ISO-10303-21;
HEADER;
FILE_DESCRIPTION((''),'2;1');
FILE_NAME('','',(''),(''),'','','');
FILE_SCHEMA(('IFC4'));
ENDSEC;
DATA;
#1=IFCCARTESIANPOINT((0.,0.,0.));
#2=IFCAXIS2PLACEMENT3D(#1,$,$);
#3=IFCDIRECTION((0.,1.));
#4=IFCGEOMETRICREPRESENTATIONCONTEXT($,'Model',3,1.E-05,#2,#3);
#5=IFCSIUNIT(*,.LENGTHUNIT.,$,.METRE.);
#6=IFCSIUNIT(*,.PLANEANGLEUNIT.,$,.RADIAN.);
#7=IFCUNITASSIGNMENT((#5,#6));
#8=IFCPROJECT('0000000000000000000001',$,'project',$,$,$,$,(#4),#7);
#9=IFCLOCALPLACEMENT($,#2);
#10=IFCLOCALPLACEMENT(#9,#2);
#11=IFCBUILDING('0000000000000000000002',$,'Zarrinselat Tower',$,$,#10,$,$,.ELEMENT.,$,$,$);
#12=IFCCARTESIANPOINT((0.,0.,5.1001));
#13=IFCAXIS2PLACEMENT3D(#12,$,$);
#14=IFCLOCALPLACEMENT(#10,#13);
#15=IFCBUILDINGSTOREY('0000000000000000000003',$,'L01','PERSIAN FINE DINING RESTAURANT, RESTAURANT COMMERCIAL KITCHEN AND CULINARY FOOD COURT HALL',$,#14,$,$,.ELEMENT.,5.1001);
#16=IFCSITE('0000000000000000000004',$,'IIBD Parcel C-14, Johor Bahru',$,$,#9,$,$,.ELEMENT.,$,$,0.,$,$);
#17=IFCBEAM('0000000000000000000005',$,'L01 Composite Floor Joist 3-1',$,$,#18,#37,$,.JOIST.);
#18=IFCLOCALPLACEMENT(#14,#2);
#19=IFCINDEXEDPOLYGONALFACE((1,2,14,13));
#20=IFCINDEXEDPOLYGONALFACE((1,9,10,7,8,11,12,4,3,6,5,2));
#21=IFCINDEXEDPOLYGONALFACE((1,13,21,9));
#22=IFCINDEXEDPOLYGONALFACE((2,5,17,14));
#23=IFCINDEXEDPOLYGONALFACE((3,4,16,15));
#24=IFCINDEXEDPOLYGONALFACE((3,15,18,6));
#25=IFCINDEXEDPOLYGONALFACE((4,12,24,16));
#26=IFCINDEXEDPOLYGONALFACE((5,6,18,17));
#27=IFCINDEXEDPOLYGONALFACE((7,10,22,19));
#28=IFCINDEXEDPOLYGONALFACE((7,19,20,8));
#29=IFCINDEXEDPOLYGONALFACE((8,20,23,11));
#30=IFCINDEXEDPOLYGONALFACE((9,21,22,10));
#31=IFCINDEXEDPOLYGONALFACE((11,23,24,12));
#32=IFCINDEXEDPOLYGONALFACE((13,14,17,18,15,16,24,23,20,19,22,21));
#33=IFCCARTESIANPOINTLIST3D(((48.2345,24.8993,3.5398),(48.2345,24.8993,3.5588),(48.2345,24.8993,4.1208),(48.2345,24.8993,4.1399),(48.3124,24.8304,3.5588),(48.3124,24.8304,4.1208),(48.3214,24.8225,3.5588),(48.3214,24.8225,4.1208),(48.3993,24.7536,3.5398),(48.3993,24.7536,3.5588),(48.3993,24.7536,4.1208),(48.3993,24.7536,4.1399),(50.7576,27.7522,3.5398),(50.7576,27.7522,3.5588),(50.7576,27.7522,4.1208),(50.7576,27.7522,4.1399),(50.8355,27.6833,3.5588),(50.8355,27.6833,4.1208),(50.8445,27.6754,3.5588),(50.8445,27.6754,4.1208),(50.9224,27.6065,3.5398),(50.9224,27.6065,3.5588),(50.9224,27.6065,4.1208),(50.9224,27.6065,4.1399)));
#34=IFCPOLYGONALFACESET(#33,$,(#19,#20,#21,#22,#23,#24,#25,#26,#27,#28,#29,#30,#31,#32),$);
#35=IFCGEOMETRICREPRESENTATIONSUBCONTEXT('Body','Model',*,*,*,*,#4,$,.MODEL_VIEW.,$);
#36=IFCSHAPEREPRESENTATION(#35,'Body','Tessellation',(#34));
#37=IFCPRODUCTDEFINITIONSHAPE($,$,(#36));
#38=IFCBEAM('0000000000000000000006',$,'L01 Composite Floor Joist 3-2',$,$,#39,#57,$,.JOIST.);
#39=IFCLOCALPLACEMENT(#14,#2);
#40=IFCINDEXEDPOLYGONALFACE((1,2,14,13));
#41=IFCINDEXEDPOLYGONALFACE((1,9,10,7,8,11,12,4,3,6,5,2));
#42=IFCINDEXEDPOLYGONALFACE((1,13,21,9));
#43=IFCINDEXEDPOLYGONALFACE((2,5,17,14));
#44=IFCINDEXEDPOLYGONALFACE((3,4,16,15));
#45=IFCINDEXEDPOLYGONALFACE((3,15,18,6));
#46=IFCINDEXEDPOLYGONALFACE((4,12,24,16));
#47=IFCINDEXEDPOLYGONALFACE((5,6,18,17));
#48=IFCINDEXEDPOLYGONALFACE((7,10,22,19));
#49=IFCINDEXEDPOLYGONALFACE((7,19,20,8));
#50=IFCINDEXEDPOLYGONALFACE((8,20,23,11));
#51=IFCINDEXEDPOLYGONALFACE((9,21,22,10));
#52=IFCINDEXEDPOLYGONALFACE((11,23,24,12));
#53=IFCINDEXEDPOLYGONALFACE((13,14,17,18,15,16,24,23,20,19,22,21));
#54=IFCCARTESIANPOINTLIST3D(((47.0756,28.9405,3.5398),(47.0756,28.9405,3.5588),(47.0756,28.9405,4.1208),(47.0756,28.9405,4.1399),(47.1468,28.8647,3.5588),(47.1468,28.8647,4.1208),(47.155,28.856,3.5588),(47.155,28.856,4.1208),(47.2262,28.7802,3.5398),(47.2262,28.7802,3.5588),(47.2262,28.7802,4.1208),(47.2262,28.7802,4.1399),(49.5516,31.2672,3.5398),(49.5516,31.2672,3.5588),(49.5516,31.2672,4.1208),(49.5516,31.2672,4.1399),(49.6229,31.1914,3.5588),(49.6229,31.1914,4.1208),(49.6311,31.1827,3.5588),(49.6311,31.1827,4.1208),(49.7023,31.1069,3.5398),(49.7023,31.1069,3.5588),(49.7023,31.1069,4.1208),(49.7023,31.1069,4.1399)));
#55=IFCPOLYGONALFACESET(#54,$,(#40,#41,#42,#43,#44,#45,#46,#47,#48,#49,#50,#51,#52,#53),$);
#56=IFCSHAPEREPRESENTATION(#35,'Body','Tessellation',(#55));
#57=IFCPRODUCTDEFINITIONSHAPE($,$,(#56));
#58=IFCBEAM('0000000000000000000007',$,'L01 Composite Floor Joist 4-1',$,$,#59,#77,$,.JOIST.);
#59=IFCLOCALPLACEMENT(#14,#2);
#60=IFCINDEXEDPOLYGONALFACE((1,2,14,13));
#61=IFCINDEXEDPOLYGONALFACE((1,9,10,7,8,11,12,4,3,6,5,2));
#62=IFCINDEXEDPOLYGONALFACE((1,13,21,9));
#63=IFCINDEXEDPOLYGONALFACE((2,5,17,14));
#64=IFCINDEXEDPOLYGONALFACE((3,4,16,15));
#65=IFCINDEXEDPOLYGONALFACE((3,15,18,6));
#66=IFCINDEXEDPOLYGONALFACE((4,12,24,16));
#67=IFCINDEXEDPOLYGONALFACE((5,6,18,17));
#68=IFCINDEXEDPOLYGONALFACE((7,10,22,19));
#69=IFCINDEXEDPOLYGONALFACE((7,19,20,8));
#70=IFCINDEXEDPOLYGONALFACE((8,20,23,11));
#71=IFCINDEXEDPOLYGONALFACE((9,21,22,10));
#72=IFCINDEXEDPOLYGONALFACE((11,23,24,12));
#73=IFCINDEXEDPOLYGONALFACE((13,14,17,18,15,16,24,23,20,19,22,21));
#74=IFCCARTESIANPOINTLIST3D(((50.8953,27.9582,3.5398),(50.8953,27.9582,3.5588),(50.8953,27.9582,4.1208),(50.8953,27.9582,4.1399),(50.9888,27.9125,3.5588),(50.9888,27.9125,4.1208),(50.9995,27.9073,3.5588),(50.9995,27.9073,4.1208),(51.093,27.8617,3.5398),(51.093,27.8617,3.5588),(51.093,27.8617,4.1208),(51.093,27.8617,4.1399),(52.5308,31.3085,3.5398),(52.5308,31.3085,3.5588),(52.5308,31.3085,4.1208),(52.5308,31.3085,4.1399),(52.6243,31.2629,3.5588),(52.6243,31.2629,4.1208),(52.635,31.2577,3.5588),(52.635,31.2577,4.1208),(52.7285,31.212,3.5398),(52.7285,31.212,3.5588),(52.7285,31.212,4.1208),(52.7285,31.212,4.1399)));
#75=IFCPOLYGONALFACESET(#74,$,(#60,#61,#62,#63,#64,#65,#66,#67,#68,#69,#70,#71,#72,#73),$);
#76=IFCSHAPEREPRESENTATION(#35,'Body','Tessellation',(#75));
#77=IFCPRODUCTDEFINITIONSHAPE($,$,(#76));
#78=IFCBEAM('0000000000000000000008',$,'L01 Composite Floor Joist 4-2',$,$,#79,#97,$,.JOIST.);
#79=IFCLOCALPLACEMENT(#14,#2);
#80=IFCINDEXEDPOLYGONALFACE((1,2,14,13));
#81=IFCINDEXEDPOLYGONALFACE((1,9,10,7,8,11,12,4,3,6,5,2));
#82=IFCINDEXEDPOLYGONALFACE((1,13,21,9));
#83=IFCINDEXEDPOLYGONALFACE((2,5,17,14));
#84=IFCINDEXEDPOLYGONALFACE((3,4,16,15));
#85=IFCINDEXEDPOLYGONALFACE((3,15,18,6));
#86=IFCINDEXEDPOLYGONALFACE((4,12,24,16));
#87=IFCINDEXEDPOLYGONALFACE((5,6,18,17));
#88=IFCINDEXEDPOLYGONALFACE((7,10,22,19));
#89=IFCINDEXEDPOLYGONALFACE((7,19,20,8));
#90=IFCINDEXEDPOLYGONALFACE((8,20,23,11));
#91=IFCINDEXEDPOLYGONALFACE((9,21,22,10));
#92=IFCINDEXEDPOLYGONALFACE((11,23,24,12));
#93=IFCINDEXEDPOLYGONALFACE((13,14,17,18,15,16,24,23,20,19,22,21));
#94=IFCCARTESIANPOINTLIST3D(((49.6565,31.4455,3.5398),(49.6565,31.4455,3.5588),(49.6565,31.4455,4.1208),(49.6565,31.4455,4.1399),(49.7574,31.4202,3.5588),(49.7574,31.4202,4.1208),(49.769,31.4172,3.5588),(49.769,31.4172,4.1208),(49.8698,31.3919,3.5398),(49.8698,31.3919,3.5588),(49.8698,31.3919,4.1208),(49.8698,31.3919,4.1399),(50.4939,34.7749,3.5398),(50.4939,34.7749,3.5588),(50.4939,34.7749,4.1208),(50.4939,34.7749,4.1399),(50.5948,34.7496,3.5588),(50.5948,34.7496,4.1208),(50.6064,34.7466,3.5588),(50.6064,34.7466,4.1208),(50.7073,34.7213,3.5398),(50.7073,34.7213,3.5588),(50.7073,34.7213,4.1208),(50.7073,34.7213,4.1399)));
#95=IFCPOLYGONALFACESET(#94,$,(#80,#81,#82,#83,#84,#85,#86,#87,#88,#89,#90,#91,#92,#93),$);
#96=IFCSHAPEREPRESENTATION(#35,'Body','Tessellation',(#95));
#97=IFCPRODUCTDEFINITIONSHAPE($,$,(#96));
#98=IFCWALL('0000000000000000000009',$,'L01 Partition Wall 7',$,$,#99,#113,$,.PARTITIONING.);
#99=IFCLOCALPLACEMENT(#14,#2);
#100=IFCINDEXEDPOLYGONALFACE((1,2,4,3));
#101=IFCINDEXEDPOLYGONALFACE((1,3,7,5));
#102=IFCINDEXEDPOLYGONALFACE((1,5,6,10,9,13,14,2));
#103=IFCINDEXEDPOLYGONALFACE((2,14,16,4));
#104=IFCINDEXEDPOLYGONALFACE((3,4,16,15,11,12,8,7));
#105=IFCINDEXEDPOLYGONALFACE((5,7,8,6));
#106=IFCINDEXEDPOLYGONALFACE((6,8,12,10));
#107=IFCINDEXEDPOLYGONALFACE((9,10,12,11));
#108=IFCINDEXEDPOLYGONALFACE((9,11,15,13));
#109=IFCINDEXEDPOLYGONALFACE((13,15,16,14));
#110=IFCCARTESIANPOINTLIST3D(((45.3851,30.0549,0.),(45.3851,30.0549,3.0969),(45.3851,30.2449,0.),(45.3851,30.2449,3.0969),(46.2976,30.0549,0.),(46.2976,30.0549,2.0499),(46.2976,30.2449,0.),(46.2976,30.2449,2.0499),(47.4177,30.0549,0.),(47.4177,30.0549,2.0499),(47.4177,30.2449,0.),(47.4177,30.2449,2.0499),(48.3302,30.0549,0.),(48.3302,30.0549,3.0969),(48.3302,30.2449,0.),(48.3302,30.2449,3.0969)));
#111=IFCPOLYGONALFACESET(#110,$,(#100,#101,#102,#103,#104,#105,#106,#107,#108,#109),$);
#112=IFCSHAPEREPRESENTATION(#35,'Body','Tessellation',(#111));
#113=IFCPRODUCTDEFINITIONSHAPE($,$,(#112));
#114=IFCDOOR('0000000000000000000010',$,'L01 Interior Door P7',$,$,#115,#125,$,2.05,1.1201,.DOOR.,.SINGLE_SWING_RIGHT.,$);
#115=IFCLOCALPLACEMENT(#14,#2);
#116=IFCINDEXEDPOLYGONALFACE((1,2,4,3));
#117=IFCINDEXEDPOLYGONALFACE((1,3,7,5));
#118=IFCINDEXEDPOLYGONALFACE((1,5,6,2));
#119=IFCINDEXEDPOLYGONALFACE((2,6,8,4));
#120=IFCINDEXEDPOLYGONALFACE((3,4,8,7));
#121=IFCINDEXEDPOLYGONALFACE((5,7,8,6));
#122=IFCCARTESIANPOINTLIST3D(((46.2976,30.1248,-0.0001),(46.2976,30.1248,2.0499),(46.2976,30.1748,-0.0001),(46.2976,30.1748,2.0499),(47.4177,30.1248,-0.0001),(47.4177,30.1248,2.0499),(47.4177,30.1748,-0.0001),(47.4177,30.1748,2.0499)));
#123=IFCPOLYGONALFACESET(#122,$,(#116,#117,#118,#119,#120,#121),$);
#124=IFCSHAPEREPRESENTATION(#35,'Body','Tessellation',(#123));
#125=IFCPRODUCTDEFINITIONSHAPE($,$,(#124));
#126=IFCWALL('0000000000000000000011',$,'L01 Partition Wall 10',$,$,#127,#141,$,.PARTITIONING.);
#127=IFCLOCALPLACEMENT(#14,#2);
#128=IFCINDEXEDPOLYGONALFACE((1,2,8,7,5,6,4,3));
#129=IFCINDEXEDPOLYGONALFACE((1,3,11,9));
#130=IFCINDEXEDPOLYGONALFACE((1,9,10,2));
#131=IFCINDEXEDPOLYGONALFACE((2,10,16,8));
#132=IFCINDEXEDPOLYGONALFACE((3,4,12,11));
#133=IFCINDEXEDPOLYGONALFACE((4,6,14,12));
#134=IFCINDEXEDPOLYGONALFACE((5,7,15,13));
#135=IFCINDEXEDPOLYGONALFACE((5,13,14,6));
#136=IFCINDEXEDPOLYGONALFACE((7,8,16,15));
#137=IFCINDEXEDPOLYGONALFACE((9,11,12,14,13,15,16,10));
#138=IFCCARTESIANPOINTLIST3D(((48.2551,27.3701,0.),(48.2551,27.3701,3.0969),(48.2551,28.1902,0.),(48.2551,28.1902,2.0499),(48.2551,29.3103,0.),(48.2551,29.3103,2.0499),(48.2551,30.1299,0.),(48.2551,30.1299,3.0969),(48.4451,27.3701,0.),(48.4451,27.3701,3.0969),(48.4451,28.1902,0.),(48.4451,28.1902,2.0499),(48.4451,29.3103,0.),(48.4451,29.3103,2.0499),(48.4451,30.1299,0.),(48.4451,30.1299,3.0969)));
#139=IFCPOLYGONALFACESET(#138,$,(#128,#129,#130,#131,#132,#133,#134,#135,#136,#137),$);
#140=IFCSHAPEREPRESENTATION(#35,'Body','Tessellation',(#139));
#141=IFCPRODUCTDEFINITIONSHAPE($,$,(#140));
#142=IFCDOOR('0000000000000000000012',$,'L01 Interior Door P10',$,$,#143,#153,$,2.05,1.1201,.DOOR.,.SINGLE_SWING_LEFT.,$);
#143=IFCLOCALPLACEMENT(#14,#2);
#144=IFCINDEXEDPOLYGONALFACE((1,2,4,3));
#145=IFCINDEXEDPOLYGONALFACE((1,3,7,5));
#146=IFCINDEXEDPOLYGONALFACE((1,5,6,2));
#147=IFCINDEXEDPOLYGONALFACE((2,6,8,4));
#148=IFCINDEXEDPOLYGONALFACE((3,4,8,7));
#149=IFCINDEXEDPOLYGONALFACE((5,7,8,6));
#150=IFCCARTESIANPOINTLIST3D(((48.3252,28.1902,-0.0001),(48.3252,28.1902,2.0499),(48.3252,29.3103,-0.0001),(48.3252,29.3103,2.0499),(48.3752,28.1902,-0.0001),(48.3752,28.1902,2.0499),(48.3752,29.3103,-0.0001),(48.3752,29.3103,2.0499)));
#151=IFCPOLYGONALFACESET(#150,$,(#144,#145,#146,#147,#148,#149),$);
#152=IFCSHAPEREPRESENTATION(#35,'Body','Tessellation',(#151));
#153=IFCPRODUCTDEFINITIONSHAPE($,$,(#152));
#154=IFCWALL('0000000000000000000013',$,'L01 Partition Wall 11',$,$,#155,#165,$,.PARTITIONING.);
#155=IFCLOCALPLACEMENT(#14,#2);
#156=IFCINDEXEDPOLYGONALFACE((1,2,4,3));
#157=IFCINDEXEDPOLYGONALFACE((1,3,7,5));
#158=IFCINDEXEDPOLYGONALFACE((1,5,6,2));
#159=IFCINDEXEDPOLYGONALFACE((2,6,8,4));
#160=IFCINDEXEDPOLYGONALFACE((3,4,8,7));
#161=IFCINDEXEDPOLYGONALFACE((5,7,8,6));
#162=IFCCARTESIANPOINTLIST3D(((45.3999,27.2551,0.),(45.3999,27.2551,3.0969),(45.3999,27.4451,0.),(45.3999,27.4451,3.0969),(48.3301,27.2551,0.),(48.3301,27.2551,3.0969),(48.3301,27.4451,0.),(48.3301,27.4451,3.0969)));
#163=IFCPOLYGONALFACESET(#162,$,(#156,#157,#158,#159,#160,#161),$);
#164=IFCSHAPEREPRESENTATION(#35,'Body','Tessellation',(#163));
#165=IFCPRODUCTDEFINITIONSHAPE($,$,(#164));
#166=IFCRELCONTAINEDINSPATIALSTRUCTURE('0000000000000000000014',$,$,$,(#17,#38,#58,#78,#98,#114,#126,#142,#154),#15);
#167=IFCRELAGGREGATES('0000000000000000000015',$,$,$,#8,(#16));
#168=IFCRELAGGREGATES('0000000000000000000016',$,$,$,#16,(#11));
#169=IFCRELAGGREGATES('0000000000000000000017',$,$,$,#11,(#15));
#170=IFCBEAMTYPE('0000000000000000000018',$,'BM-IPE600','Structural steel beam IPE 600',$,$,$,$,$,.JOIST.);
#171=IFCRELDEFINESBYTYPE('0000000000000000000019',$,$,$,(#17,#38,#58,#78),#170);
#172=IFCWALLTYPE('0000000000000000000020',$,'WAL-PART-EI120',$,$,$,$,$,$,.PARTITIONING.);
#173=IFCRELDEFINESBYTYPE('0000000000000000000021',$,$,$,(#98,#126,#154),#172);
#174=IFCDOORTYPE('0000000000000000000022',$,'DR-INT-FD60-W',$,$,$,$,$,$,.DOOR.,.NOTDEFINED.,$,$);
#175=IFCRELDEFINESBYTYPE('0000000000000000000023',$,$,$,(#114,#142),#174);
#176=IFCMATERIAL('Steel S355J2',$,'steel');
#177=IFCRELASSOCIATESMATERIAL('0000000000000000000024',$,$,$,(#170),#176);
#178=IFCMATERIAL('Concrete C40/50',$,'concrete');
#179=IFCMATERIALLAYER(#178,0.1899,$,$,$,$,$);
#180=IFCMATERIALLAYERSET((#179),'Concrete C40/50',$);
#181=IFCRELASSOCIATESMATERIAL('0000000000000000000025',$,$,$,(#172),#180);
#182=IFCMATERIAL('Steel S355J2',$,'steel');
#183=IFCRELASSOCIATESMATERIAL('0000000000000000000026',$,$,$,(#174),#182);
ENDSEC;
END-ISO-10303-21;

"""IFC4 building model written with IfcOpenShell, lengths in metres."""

from ifc_helpers import new_model, si_unit, direction, frame, frame_2d, origin, origin_2d, place, context, subcontext, project, spatial, rectangle, i_section, extrude, material, layer, layer_set, material_profile, profile_set, type_object, element, fill, save


model = new_model("IFC4")

# Units and contexts
model_context = context("Model", 3, precision=1e-05, world=origin(), true_north=direction((0.0, 1.0)))
body_context = subcontext(model_context, "Body", "Model", "MODEL_VIEW")
ifc_project = project(units=[si_unit("LENGTHUNIT", "METRE"), si_unit("PLANEANGLEUNIT", "RADIAN")], contexts=[model_context])

# Site, building, storey
site_placement = place(None, origin())
site = spatial("IfcSite", under=ifc_project, at=site_placement, Name="IIBD Parcel C-14, Johor Bahru", CompositionType="ELEMENT", RefElevation=0.0)
building_placement = place(site_placement, origin())
building = spatial("IfcBuilding", under=site, at=building_placement, Name="Zarrinselat Tower", CompositionType="ELEMENT")
storey_placement = place(building_placement, frame((0.0, 0.0, 5.1001)))
storey = spatial("IfcBuildingStorey", under=building, at=storey_placement, Name="L01", Description="PERSIAN FINE DINING RESTAURANT, RESTAURANT COMMERCIAL KITCHEN AND CULINARY FOOD COURT HALL", CompositionType="ELEMENT", Elevation=5.1001)

# Beams
ifc_material_1 = material(Name="Steel S355J2", Category="steel")
ifc_material_profile_1 = material_profile(ifc_material_1, i_section(OverallWidth=0.22, OverallDepth=0.6001, WebThickness=0.012, FlangeThickness=0.019, at=origin_2d()), Name="IPE 600")
ifc_profile_set_1 = profile_set([ifc_material_profile_1], Name="Steel S355J2")
beam_type_1 = type_object("IfcBeamType", Name="BM-IPE600", Description="Structural steel beam IPE 600", PredefinedType="JOIST", material=ifc_profile_set_1)
beam_1_placement = place(storey_placement, frame((48.3169, 24.8264, 3.8398), z_axis=(0.66248, 0.74908, 0.0), x_axis=(-0.74908, 0.66248, 0.0)))
element("IfcBeam", 1, at=beam_1_placement, inside=storey, type_object=beam_type_1, Name="L01 Composite Floor Joist 3-1", PredefinedType="JOIST", context=body_context, shape_type="SweptSolid", body=[
    extrude(i_section(OverallWidth=0.22, OverallDepth=0.6001, WebThickness=0.012, FlangeThickness=0.019, at=origin_2d()), origin(), (0.0, 0.0, 1.0), 3.8086),
])
beam_2_placement = place(storey_placement, frame((47.1509, 28.8604, 3.8398), z_axis=(0.728752, 0.684777, 0.0), x_axis=(-0.684777, 0.728752, 0.0)))
element("IfcBeam", 2, at=beam_2_placement, inside=storey, type_object=beam_type_1, Name="L01 Composite Floor Joist 3-2", PredefinedType="JOIST", context=body_context, shape_type="SweptSolid", body=[
    extrude(i_section(OverallWidth=0.22, OverallDepth=0.6001, WebThickness=0.012, FlangeThickness=0.019, at=origin_2d()), origin(), (0.0, 0.0, 1.0), 3.3977),
])
beam_3_placement = place(storey_placement, frame((50.9941, 27.9099, 3.8398), z_axis=(0.43868, 0.898643, 0.0), x_axis=(-0.898643, 0.43868, 0.0)))
element("IfcBeam", 3, at=beam_3_placement, inside=storey, type_object=beam_type_1, Name="L01 Composite Floor Joist 4-1", PredefinedType="JOIST", context=body_context, shape_type="SweptSolid", body=[
    extrude(i_section(OverallWidth=0.22, OverallDepth=0.6001, WebThickness=0.012, FlangeThickness=0.019, at=origin_2d()), origin(), (0.0, 0.0, 1.0), 3.7283),
])
beam_4_placement = place(storey_placement, frame((49.7632, 31.4187, 3.8398), z_axis=(0.243924, 0.969794, 0.0), x_axis=(-0.969794, 0.243924, 0.0)))
element("IfcBeam", 4, at=beam_4_placement, inside=storey, type_object=beam_type_1, Name="L01 Composite Floor Joist 4-2", PredefinedType="JOIST", context=body_context, shape_type="SweptSolid", body=[
    extrude(i_section(OverallWidth=0.22, OverallDepth=0.6001, WebThickness=0.012, FlangeThickness=0.019, at=origin_2d()), origin(), (0.0, 0.0, 1.0), 3.4331),
])

# Walls, openings, doors
ifc_material_2 = material(Name="Concrete C40/50", Category="concrete")
ifc_layer_1 = layer(ifc_material_2, 0.1899)
ifc_layer_set_1 = layer_set([ifc_layer_1], Name="Concrete C40/50")
wall_type_1 = type_object("IfcWallType", Name="WAL-PART-EI120", PredefinedType="PARTITIONING", material=ifc_layer_set_1)
wall_1_placement = place(storey_placement, frame((45.385, 30.1499, 0.0), z_axis=(0.0, 0.0, 1.0), x_axis=(1.0, 0.0, 0.0)))
wall_1 = element("IfcWall", 5, at=wall_1_placement, inside=storey, type_object=wall_type_1, Name="L01 Partition Wall 7", PredefinedType="PARTITIONING", context=body_context, shape_type="SweptSolid", body=[
    extrude(rectangle(XDim=2.9451, YDim=0.1899, at=frame_2d((1.4727, 0.0))), origin(), (0.0, 0.0, 1.0), 3.0969),
])
opening_1_placement = place(wall_1_placement, frame((0.9126, 0.0, 0.0)))
opening_1 = element("IfcOpeningElement", 6, at=opening_1_placement, cuts=wall_1, PredefinedType="OPENING", context=body_context, shape_type="SweptSolid", body=[
    extrude(rectangle(XDim=1.1201, YDim=2.05, at=frame_2d((0.5601, 1.0249))), frame((0.0, 0.105, 0.0), z_axis=(0.0, -1.0, 0.0), x_axis=(1.0, 0.0, 0.0)), (0.0, 0.0, 1.0), 0.21),
])
ifc_material_3 = material(Name="Steel S355J2", Category="steel")
door_type_1 = type_object("IfcDoorType", Name="DR-INT-FD60-W", OperationType="NOTDEFINED", PredefinedType="DOOR", material=ifc_material_3)
door_1_placement = place(opening_1_placement, origin())
door_1 = element("IfcDoor", 7, at=door_1_placement, inside=storey, type_object=door_type_1, Name="L01 Interior Door P7", OperationType="SINGLE_SWING_RIGHT", OverallHeight=2.05, OverallWidth=1.1201, PredefinedType="DOOR", context=body_context, shape_type="SweptSolid", body=[
    extrude(rectangle(XDim=1.1201, YDim=2.05, at=frame_2d((0.5601, 1.0249))), frame((0.0, 0.0249, 0.0), z_axis=(0.0, -1.0, 0.0), x_axis=(1.0, 0.0, 0.0)), (0.0, 0.0, 1.0), 0.05),
])
fill(opening_1, door_1)
wall_2_placement = place(storey_placement, frame((48.3501, 27.3701, 0.0), z_axis=(0.0, 0.0, 1.0), x_axis=(0.0, 1.0, 0.0)))
wall_2 = element("IfcWall", 8, at=wall_2_placement, inside=storey, type_object=wall_type_1, Name="L01 Partition Wall 10", PredefinedType="PARTITIONING", context=body_context, shape_type="SweptSolid", body=[
    extrude(rectangle(XDim=2.7598, YDim=0.1899, at=frame_2d((1.3799, 0.0))), origin(), (0.0, 0.0, 1.0), 3.0969),
])
opening_2_placement = place(wall_2_placement, frame((0.8201, 0.0, 0.0)))
opening_2 = element("IfcOpeningElement", 9, at=opening_2_placement, cuts=wall_2, PredefinedType="OPENING", context=body_context, shape_type="SweptSolid", body=[
    extrude(rectangle(XDim=1.1201, YDim=2.05, at=frame_2d((0.5601, 1.0249))), frame((0.0, 0.105, 0.0), z_axis=(0.0, -1.0, 0.0), x_axis=(1.0, 0.0, 0.0)), (0.0, 0.0, 1.0), 0.21),
])
door_2_placement = place(opening_2_placement, origin())
door_2 = element("IfcDoor", 10, at=door_2_placement, inside=storey, type_object=door_type_1, Name="L01 Interior Door P10", OperationType="SINGLE_SWING_LEFT", OverallHeight=2.05, OverallWidth=1.1201, PredefinedType="DOOR", context=body_context, shape_type="SweptSolid", body=[
    extrude(rectangle(XDim=1.1201, YDim=2.05, at=frame_2d((0.5601, 1.0249))), frame((0.0, 0.0249, 0.0), z_axis=(0.0, -1.0, 0.0), x_axis=(1.0, 0.0, 0.0)), (0.0, 0.0, 1.0), 0.05),
])
fill(opening_2, door_2)

# Wall
wall_3_placement = place(storey_placement, frame((45.3999, 27.3501, 0.0), z_axis=(0.0, 0.0, 1.0), x_axis=(1.0, 0.0, 0.0)))
element("IfcWall", 11, at=wall_3_placement, inside=storey, type_object=wall_type_1, Name="L01 Partition Wall 11", PredefinedType="PARTITIONING", context=body_context, shape_type="SweptSolid", body=[
    extrude(rectangle(XDim=2.9302, YDim=0.1899, at=frame_2d((1.4651, 0.0))), origin(), (0.0, 0.0, 1.0), 3.0969),
])

save(model, "model.ifc")
